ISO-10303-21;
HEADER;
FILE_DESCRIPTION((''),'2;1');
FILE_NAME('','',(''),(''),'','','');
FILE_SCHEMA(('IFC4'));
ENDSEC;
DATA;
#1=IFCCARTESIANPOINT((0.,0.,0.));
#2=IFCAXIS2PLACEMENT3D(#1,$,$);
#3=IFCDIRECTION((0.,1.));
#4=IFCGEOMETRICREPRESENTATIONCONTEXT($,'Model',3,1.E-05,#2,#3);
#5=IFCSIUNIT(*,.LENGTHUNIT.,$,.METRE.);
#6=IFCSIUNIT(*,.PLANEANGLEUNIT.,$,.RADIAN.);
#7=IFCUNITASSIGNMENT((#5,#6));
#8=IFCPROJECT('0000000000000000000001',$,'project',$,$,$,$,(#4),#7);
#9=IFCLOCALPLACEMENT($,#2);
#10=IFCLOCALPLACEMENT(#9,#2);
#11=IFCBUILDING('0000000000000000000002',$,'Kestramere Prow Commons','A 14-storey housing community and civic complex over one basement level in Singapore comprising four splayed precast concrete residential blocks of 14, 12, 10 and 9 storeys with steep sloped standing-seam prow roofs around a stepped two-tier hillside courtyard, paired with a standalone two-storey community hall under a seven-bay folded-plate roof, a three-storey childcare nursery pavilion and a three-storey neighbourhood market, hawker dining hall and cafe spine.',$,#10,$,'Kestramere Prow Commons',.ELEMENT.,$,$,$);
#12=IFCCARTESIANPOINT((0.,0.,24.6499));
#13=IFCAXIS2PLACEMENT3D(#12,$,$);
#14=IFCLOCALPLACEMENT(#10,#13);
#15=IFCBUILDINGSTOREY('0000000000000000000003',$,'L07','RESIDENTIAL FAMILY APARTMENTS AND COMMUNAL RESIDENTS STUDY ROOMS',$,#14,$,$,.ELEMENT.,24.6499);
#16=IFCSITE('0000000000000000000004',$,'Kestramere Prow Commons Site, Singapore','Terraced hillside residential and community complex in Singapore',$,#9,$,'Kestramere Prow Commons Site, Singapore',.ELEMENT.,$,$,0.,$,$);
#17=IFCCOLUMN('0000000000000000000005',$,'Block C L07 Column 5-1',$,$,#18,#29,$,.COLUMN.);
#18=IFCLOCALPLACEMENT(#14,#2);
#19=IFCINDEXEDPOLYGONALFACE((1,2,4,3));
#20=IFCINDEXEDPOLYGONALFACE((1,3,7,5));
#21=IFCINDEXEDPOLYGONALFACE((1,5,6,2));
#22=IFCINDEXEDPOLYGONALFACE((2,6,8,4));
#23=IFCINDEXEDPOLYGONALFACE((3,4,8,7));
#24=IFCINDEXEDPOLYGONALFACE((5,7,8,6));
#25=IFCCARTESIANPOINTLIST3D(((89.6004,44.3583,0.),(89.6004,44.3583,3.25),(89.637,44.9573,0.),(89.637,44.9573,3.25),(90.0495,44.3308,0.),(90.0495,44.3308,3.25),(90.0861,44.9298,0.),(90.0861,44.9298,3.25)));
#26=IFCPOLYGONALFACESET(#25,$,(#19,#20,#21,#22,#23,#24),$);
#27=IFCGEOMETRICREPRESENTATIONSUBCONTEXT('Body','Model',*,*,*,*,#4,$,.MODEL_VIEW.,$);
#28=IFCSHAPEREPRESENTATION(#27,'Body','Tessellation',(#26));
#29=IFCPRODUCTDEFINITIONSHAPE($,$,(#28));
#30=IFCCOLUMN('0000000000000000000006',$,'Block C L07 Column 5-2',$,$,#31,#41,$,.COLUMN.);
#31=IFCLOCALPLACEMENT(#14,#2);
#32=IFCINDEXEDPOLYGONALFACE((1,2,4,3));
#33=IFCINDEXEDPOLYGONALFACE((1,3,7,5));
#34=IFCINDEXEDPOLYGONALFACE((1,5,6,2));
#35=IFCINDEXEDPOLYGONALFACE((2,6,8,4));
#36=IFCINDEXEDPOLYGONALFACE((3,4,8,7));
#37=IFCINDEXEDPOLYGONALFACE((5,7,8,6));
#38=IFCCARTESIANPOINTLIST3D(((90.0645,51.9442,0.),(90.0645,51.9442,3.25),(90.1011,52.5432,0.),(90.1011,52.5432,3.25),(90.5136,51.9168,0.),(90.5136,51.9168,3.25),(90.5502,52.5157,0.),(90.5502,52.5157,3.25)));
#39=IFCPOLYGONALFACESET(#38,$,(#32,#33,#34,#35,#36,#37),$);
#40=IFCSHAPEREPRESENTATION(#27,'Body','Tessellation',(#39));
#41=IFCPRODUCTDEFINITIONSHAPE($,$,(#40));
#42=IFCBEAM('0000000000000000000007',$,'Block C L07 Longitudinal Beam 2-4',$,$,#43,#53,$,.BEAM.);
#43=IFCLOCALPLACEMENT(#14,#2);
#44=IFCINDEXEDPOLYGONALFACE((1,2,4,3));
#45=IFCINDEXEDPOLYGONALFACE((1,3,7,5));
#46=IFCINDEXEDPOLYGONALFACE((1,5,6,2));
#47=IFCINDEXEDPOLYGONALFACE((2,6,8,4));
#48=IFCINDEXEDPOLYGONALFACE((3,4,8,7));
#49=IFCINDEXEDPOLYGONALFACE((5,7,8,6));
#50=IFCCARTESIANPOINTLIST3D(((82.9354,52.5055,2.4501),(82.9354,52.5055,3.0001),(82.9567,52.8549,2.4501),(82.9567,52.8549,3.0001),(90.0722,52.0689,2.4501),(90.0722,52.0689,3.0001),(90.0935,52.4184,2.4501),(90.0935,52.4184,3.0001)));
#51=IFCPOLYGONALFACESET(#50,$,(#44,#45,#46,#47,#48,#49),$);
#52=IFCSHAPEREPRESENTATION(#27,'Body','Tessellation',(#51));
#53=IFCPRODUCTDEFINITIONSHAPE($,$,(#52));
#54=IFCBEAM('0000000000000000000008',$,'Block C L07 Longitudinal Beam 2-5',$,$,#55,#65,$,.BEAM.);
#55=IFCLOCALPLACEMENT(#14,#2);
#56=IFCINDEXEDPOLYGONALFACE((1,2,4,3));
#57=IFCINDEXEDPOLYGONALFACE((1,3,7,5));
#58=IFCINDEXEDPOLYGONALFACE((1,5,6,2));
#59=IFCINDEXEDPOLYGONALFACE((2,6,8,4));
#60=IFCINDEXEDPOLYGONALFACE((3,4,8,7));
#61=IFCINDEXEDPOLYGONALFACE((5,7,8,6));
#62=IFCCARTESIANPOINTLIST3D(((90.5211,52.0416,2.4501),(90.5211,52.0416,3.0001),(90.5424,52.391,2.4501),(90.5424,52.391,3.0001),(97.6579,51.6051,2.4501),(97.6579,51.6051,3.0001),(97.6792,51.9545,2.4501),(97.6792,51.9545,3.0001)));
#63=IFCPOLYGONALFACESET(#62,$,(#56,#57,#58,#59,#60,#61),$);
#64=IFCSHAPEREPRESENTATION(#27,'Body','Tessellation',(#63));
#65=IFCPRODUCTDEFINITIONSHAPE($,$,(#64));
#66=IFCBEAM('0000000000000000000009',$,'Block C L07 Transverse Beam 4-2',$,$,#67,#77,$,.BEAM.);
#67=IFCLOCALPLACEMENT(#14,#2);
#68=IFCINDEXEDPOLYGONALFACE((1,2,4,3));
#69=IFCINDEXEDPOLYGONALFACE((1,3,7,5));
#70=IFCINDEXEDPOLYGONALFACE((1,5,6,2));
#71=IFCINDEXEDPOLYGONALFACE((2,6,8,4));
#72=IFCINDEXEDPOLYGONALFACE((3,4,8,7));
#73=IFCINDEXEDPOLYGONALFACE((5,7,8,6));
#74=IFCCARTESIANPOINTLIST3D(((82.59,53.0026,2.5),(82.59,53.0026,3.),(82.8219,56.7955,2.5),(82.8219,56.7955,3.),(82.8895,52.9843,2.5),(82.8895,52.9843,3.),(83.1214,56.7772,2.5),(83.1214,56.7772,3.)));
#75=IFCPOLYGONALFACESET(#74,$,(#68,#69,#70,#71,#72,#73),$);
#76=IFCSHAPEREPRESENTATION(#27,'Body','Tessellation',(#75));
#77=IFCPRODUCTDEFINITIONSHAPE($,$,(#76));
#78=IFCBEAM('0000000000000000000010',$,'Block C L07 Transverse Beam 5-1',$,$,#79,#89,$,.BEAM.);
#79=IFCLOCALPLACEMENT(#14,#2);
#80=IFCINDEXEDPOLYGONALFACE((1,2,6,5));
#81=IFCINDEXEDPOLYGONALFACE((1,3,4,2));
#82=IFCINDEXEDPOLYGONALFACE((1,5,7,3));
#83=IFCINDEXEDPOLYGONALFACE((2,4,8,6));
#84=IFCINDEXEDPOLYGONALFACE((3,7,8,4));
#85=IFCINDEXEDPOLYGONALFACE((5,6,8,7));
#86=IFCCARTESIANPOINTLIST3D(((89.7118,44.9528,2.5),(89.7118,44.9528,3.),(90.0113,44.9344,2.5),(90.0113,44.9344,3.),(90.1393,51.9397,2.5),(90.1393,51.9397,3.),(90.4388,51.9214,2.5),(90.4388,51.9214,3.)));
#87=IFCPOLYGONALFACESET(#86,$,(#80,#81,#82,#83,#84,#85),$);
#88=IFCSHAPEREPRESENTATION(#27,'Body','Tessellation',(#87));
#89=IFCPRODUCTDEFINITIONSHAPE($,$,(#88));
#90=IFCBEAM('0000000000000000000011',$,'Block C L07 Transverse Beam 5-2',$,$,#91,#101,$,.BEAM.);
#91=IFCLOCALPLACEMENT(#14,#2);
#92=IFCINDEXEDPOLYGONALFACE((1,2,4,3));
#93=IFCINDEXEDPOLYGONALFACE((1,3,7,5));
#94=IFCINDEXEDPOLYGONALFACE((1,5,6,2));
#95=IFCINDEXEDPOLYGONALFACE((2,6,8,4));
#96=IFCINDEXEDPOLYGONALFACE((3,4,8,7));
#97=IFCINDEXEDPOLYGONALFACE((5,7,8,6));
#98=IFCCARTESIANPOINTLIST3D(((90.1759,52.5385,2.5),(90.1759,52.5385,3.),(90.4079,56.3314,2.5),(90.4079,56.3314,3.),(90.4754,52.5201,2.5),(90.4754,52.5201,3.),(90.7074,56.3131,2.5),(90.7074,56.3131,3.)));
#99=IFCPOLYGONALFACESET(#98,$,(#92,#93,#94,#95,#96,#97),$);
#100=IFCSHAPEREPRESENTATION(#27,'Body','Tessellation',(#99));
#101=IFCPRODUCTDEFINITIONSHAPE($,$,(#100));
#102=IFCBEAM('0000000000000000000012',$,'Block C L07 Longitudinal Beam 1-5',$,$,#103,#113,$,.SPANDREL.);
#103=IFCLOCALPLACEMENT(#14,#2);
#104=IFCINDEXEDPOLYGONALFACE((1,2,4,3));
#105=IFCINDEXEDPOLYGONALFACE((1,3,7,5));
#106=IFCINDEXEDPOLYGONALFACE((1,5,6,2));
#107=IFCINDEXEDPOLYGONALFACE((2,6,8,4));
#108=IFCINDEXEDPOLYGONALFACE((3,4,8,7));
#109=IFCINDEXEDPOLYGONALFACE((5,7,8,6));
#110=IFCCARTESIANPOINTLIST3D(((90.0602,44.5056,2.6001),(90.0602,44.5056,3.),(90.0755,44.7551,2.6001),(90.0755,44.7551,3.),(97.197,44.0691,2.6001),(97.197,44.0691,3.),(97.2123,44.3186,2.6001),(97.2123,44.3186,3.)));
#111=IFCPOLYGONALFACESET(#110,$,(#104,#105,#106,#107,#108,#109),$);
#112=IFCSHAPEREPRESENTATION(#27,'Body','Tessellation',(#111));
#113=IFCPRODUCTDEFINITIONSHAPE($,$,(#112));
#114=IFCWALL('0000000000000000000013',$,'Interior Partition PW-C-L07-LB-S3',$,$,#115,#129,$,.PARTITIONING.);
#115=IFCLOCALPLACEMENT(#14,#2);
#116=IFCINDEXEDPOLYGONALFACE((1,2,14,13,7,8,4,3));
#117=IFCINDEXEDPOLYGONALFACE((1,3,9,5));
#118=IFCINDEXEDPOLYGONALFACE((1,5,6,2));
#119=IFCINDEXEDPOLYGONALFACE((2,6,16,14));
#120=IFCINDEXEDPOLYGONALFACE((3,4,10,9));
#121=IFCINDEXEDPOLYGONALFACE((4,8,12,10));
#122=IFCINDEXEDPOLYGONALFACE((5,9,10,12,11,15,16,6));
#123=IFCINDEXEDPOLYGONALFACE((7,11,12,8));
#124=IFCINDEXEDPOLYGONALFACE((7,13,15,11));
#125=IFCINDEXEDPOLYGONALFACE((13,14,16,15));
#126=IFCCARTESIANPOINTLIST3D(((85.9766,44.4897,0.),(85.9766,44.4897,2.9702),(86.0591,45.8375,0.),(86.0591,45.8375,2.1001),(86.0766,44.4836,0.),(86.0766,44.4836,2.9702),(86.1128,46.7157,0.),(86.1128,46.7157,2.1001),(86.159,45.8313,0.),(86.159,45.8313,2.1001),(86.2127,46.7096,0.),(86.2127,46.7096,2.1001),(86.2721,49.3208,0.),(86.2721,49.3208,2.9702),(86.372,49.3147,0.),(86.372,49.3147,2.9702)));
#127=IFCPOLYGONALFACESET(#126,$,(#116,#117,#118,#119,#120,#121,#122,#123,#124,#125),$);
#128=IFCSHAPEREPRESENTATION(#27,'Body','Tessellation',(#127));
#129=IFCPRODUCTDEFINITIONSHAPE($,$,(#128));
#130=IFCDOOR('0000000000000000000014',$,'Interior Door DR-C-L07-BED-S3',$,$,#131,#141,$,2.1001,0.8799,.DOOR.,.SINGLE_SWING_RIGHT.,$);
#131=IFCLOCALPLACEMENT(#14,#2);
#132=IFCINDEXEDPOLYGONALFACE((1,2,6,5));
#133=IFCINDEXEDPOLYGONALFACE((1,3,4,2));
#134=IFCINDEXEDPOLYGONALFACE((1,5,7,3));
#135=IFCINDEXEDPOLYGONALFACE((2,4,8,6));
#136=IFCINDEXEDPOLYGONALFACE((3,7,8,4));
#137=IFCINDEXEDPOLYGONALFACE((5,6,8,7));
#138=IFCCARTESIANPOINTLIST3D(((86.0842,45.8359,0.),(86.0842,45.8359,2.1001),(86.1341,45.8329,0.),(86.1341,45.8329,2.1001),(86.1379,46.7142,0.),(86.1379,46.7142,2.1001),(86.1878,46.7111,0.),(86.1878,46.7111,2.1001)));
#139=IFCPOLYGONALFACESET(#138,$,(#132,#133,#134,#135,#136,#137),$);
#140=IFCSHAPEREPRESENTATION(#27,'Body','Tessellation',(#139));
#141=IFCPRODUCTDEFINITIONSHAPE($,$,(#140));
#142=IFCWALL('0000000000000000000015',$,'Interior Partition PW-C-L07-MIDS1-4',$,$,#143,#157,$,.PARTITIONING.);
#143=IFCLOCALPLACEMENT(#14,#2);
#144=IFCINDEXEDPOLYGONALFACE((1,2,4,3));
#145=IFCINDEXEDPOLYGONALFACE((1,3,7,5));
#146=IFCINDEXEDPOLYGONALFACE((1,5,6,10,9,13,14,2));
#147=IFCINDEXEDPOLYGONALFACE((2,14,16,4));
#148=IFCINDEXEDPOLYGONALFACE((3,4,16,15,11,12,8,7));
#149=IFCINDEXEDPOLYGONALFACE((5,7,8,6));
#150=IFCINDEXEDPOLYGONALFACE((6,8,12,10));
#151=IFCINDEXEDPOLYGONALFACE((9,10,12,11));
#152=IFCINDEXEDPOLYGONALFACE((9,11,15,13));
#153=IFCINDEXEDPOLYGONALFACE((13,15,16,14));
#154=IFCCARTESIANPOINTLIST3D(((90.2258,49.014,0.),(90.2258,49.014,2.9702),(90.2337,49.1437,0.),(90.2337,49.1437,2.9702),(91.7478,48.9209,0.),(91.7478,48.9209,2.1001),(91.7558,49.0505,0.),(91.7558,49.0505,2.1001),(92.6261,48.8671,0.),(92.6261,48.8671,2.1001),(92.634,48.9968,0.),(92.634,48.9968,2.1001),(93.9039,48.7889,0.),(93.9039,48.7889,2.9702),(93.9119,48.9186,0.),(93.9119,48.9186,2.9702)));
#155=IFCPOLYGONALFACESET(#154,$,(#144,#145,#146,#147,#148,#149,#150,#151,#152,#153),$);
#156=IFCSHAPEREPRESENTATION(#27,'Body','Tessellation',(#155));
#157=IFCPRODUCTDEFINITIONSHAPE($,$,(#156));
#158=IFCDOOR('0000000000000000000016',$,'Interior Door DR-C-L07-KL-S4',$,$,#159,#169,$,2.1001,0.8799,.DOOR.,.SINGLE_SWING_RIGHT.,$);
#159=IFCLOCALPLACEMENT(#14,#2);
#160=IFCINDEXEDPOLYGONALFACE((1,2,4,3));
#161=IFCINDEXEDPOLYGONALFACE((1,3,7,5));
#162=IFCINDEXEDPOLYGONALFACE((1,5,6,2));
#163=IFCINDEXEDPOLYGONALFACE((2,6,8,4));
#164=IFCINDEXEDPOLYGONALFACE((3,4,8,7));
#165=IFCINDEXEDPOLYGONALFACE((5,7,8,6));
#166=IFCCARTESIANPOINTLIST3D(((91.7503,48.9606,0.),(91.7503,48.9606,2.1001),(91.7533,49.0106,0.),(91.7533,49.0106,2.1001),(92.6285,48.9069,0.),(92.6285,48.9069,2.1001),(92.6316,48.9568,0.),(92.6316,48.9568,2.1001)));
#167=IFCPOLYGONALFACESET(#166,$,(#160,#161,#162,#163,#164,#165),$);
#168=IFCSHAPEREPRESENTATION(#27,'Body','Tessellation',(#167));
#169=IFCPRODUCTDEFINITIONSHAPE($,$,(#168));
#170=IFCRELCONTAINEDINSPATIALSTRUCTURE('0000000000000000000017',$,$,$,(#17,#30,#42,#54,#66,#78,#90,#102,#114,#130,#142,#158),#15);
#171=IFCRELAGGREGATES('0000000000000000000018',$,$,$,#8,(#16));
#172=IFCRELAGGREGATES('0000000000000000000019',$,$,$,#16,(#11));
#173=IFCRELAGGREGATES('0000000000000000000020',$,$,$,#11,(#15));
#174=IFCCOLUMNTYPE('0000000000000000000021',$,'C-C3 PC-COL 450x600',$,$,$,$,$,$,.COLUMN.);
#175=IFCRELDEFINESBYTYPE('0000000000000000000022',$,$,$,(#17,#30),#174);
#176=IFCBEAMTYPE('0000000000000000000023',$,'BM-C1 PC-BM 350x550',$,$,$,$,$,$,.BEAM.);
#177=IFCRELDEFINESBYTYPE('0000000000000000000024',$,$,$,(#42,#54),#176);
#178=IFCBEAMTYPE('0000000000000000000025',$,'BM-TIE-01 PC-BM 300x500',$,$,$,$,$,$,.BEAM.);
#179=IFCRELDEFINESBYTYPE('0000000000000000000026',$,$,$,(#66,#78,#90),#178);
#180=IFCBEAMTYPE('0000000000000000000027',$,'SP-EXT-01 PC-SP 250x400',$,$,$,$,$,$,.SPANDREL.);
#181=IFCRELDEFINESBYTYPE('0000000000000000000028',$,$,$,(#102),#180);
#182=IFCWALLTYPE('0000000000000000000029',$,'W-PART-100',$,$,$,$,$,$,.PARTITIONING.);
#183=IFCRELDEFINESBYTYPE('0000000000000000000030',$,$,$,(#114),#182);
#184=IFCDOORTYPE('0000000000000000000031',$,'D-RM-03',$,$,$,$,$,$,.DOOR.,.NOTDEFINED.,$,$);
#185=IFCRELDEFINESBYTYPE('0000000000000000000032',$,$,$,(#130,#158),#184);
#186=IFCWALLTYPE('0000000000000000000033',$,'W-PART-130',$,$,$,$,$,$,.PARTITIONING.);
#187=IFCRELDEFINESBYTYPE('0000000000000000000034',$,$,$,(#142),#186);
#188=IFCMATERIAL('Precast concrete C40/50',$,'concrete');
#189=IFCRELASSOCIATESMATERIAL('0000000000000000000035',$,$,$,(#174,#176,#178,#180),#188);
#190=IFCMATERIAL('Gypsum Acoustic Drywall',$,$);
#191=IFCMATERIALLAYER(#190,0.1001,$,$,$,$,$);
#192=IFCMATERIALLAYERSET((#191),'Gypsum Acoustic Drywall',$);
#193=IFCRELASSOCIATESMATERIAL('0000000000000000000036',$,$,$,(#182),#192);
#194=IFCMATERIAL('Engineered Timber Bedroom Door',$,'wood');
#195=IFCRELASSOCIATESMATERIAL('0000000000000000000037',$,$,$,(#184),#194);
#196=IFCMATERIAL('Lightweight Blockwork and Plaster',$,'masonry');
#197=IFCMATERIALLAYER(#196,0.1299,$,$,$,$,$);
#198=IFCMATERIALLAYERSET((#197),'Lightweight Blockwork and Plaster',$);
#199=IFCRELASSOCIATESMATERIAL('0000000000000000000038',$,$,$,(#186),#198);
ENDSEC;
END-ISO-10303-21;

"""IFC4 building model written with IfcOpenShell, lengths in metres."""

from ifc_helpers import new_model, si_unit, direction, frame, frame_2d, origin, origin_2d, place, context, subcontext, project, spatial, rectangle, extrude, material, layer, layer_set, material_profile, profile_set, type_object, element, fill, save


model = new_model("IFC4")

# Units and contexts
model_context = context("Model", 3, precision=1e-05, world=origin(), true_north=direction((0.0, 1.0)))
body_context = subcontext(model_context, "Body", "Model", "MODEL_VIEW")
ifc_project = project(units=[si_unit("LENGTHUNIT", "METRE"), si_unit("PLANEANGLEUNIT", "RADIAN")], contexts=[model_context])

# Site, building, storey
site_placement = place(None, origin())
site = spatial("IfcSite", under=ifc_project, at=site_placement, Name="Kestramere Prow Commons Site, Singapore", Description="Terraced hillside residential and community complex in Singapore", LongName="Kestramere Prow Commons Site, Singapore", CompositionType="ELEMENT", RefElevation=0.0)
building_placement = place(site_placement, origin())
building = spatial("IfcBuilding", under=site, at=building_placement, Name="Kestramere Prow Commons", Description="A 14-storey housing community and civic complex over one basement level in Singapore comprising four splayed precast concrete residential blocks of 14, 12, 10 and 9 storeys with steep sloped standing-seam prow roofs around a stepped two-tier hillside courtyard, paired with a standalone two-storey community hall under a seven-bay folded-plate roof, a three-storey childcare nursery pavilion and a three-storey neighbourhood market, hawker dining hall and cafe spine.", LongName="Kestramere Prow Commons", CompositionType="ELEMENT")
storey_placement = place(building_placement, frame((0.0, 0.0, 24.6499)))
storey = spatial("IfcBuildingStorey", under=building, at=storey_placement, Name="L07", Description="RESIDENTIAL FAMILY APARTMENTS AND COMMUNAL RESIDENTS STUDY ROOMS", CompositionType="ELEMENT", Elevation=24.6499)

# Columns
ifc_material_1 = material(Name="Precast concrete C40/50", Category="concrete")
ifc_material_profile_1 = material_profile(ifc_material_1, rectangle(XDim=0.45, YDim=0.6001, at=origin_2d()), Name="PC-COL 450x600")
ifc_profile_set_1 = profile_set([ifc_material_profile_1], Name="Precast concrete C40/50")
column_type = type_object("IfcColumnType", Name="C-C3 PC-COL 450x600", PredefinedType="COLUMN", material=ifc_profile_set_1)
for number, where, z_axis, x_axis, name in (
    (1, (89.8433, 44.644, 0.0), (0.0, 0.0, 1.0), (0.998135, -0.061049, 0.0), "Block C L07 Column 5-1"),
    (2, (90.3074, 52.23, 0.0), (0.0, 0.0, 1.0), (0.998135, -0.061049, 0.0), "Block C L07 Column 5-2"),
):
    element("IfcColumn", number, at=place(storey_placement, frame(where, z_axis=z_axis, x_axis=x_axis)), inside=storey, type_object=column_type, Name=name, PredefinedType="COLUMN", context=body_context, shape_type="SweptSolid", body=[
        extrude(rectangle(XDim=0.45, YDim=0.6001, at=origin_2d()), origin(), (0.0, 0.0, 1.0), 3.25),
    ])

# Beams
ifc_material_profile_2 = material_profile(ifc_material_1, rectangle(XDim=0.3501, YDim=0.55, at=origin_2d()), Name="PC-BM 350x550")
ifc_profile_set_2 = profile_set([ifc_material_profile_2], Name="Precast concrete C40/50")
beam_type_1 = type_object("IfcBeamType", Name="BM-C1 PC-BM 350x550", PredefinedType="BEAM", material=ifc_profile_set_2)
for number, where, z_axis, x_axis, name in (
    (3, (82.946, 52.6802, 2.7251), (0.998135, -0.061052, 0.0), (0.061052, 0.998135, 0.0), "Block C L07 Longitudinal Beam 2-4"),
    (4, (90.5317, 52.2163, 2.7251), (0.998135, -0.061052, 0.0), (0.061052, 0.998135, 0.0), "Block C L07 Longitudinal Beam 2-5"),
):
    element("IfcBeam", number, at=place(storey_placement, frame(where, z_axis=z_axis, x_axis=x_axis)), inside=storey, type_object=beam_type_1, Name=name, PredefinedType="BEAM", context=body_context, shape_type="SweptSolid", body=[
        extrude(rectangle(XDim=0.3501, YDim=0.55, at=origin_2d()), origin(), (0.0, 0.0, 1.0), 7.1501),
    ])
ifc_material_profile_3 = material_profile(ifc_material_1, rectangle(XDim=0.3, YDim=0.5, at=origin_2d()), Name="PC-BM 300x500")
ifc_profile_set_3 = profile_set([ifc_material_profile_3], Name="Precast concrete C40/50")
beam_type_2 = type_object("IfcBeamType", Name="BM-TIE-01 PC-BM 300x500", PredefinedType="BEAM", material=ifc_profile_set_3)
beam_1_placement = place(storey_placement, frame((82.7397, 52.9934, 2.75), z_axis=(0.061034, 0.998136, 0.0), x_axis=(-0.998136, 0.061034, 0.0)))
element("IfcBeam", 5, at=beam_1_placement, inside=storey, type_object=beam_type_2, Name="Block C L07 Transverse Beam 4-2", PredefinedType="BEAM", context=body_context, shape_type="SweptSolid", body=[
    extrude(rectangle(XDim=0.3, YDim=0.5, at=origin_2d()), origin(), (0.0, 0.0, 1.0), 3.8),
])
beam_2_placement = place(storey_placement, frame((89.8616, 44.9436, 2.75), z_axis=(0.061071, 0.998133, 0.0), x_axis=(-0.998133, 0.061071, 0.0)))
element("IfcBeam", 6, at=beam_2_placement, inside=storey, type_object=beam_type_2, Name="Block C L07 Transverse Beam 5-1", PredefinedType="BEAM", context=body_context, shape_type="SweptSolid", body=[
    extrude(rectangle(XDim=0.3, YDim=0.5, at=origin_2d()), origin(), (0.0, 0.0, 1.0), 7.0),
])
beam_3_placement = place(storey_placement, frame((90.3257, 52.5293, 2.75), z_axis=(0.061034, 0.998136, 0.0), x_axis=(-0.998136, 0.061034, 0.0)))
element("IfcBeam", 7, at=beam_3_placement, inside=storey, type_object=beam_type_2, Name="Block C L07 Transverse Beam 5-2", PredefinedType="BEAM", context=body_context, shape_type="SweptSolid", body=[
    extrude(rectangle(XDim=0.3, YDim=0.5, at=origin_2d()), origin(), (0.0, 0.0, 1.0), 3.8),
])
ifc_material_profile_4 = material_profile(ifc_material_1, rectangle(XDim=0.25, YDim=0.3999, at=origin_2d()), Name="PC-SP 250x400")
ifc_profile_set_4 = profile_set([ifc_material_profile_4], Name="Precast concrete C40/50")
beam_type_3 = type_object("IfcBeamType", Name="SP-EXT-01 PC-SP 250x400", PredefinedType="SPANDREL", material=ifc_profile_set_4)
beam_4_placement = place(storey_placement, frame((90.0679, 44.6304, 2.8), z_axis=(0.998135, -0.061052, 0.0), x_axis=(0.061052, 0.998135, 0.0)))
element("IfcBeam", 8, at=beam_4_placement, inside=storey, type_object=beam_type_3, Name="Block C L07 Longitudinal Beam 1-5", PredefinedType="SPANDREL", context=body_context, shape_type="SweptSolid", body=[
    extrude(rectangle(XDim=0.25, YDim=0.3999, at=origin_2d()), origin(), (0.0, 0.0, 1.0), 7.1501),
])

# Walls, openings, doors
ifc_material_2 = material(Name="Gypsum Acoustic Drywall")
ifc_layer_1 = layer(ifc_material_2, 0.1001)
ifc_layer_set_1 = layer_set([ifc_layer_1], Name="Gypsum Acoustic Drywall")
wall_type_1 = type_object("IfcWallType", Name="W-PART-100", PredefinedType="PARTITIONING", material=ifc_layer_set_1)
wall_1_placement = place(storey_placement, frame((86.0266, 44.4868, 0.0), z_axis=(0.0, 0.0, 1.0), x_axis=(0.061034, 0.998136, 0.0)))
wall_1 = element("IfcWall", 9, at=wall_1_placement, inside=storey, type_object=wall_type_1, Name="Interior Partition PW-C-L07-LB-S3", PredefinedType="PARTITIONING", context=body_context, shape_type="SweptSolid", body=[
    extrude(rectangle(XDim=4.8401, YDim=0.1001, at=frame_2d((2.4199, 0.0))), origin(), (0.0, 0.0, 1.0), 2.9702),
])
opening_1_placement = place(wall_1_placement, frame((1.3501, 0.0, 0.0)))
opening_1 = element("IfcOpeningElement", 10, at=opening_1_placement, cuts=wall_1, PredefinedType="OPENING", context=body_context, shape_type="SweptSolid", body=[
    extrude(rectangle(XDim=0.8799, YDim=2.1001, at=frame_2d((0.4399, 1.05))), frame((0.0, 0.0649, 0.0), z_axis=(0.0, -1.0, 0.0), x_axis=(1.0, 0.0, 0.0)), (0.0, 0.0, 1.0), 0.1301),
])
ifc_material_3 = material(Name="Engineered Timber Bedroom Door", Category="wood")
door_type_1 = type_object("IfcDoorType", Name="D-RM-03", OperationType="NOTDEFINED", PredefinedType="DOOR", material=ifc_material_3)
door_1_placement = place(opening_1_placement, origin())
door_1 = element("IfcDoor", 11, at=door_1_placement, inside=storey, type_object=door_type_1, Name="Interior Door DR-C-L07-BED-S3", OperationType="SINGLE_SWING_RIGHT", OverallHeight=2.1001, OverallWidth=0.8799, PredefinedType="DOOR", context=body_context, shape_type="SweptSolid", body=[
    extrude(rectangle(XDim=0.8799, YDim=2.1001, at=frame_2d((0.4399, 1.05))), frame((0.0, 0.0249, 0.0), z_axis=(0.0, -1.0, 0.0), x_axis=(1.0, 0.0, 0.0)), (0.0, 0.0, 1.0), 0.05),
])
fill(opening_1, door_1)
ifc_material_4 = material(Name="Lightweight Blockwork and Plaster", Category="masonry")
ifc_layer_2 = layer(ifc_material_4, 0.1299)
ifc_layer_set_2 = layer_set([ifc_layer_2], Name="Lightweight Blockwork and Plaster")
wall_type_2 = type_object("IfcWallType", Name="W-PART-130", PredefinedType="PARTITIONING", material=ifc_layer_set_2)
wall_2_placement = place(storey_placement, frame((90.2297, 49.0789, 0.0), z_axis=(0.0, 0.0, 1.0), x_axis=(0.998133, -0.061083, 0.0)))
wall_2 = element("IfcWall", 12, at=wall_2_placement, inside=storey, type_object=wall_type_2, Name="Interior Partition PW-C-L07-MIDS1-4", PredefinedType="PARTITIONING", context=body_context, shape_type="SweptSolid", body=[
    extrude(rectangle(XDim=3.6851, YDim=0.1299, at=frame_2d((1.8425, 0.0))), origin(), (0.0, 0.0, 1.0), 2.9702),
])
opening_2_placement = place(wall_2_placement, frame((1.5249, 0.0, 0.0)))
opening_2 = element("IfcOpeningElement", 13, at=opening_2_placement, cuts=wall_2, PredefinedType="OPENING", context=body_context, shape_type="SweptSolid", body=[
    extrude(rectangle(XDim=0.8799, YDim=2.1001, at=frame_2d((0.4399, 1.05))), frame((0.0, 0.0798, 0.0), z_axis=(0.0, -1.0, 0.0), x_axis=(1.0, 0.0, 0.0)), (0.0, 0.0, 1.0), 0.1599),
])
door_2_placement = place(opening_2_placement, origin())
door_2 = element("IfcDoor", 14, at=door_2_placement, inside=storey, type_object=door_type_1, Name="Interior Door DR-C-L07-KL-S4", OperationType="SINGLE_SWING_RIGHT", OverallHeight=2.1001, OverallWidth=0.8799, PredefinedType="DOOR", context=body_context, shape_type="SweptSolid", body=[
    extrude(rectangle(XDim=0.8799, YDim=2.1001, at=frame_2d((0.4399, 1.05))), frame((0.0, 0.0249, 0.0), z_axis=(0.0, -1.0, 0.0), x_axis=(1.0, 0.0, 0.0)), (0.0, 0.0, 1.0), 0.05),
])
fill(opening_2, door_2)

save(model, "model.ifc")
